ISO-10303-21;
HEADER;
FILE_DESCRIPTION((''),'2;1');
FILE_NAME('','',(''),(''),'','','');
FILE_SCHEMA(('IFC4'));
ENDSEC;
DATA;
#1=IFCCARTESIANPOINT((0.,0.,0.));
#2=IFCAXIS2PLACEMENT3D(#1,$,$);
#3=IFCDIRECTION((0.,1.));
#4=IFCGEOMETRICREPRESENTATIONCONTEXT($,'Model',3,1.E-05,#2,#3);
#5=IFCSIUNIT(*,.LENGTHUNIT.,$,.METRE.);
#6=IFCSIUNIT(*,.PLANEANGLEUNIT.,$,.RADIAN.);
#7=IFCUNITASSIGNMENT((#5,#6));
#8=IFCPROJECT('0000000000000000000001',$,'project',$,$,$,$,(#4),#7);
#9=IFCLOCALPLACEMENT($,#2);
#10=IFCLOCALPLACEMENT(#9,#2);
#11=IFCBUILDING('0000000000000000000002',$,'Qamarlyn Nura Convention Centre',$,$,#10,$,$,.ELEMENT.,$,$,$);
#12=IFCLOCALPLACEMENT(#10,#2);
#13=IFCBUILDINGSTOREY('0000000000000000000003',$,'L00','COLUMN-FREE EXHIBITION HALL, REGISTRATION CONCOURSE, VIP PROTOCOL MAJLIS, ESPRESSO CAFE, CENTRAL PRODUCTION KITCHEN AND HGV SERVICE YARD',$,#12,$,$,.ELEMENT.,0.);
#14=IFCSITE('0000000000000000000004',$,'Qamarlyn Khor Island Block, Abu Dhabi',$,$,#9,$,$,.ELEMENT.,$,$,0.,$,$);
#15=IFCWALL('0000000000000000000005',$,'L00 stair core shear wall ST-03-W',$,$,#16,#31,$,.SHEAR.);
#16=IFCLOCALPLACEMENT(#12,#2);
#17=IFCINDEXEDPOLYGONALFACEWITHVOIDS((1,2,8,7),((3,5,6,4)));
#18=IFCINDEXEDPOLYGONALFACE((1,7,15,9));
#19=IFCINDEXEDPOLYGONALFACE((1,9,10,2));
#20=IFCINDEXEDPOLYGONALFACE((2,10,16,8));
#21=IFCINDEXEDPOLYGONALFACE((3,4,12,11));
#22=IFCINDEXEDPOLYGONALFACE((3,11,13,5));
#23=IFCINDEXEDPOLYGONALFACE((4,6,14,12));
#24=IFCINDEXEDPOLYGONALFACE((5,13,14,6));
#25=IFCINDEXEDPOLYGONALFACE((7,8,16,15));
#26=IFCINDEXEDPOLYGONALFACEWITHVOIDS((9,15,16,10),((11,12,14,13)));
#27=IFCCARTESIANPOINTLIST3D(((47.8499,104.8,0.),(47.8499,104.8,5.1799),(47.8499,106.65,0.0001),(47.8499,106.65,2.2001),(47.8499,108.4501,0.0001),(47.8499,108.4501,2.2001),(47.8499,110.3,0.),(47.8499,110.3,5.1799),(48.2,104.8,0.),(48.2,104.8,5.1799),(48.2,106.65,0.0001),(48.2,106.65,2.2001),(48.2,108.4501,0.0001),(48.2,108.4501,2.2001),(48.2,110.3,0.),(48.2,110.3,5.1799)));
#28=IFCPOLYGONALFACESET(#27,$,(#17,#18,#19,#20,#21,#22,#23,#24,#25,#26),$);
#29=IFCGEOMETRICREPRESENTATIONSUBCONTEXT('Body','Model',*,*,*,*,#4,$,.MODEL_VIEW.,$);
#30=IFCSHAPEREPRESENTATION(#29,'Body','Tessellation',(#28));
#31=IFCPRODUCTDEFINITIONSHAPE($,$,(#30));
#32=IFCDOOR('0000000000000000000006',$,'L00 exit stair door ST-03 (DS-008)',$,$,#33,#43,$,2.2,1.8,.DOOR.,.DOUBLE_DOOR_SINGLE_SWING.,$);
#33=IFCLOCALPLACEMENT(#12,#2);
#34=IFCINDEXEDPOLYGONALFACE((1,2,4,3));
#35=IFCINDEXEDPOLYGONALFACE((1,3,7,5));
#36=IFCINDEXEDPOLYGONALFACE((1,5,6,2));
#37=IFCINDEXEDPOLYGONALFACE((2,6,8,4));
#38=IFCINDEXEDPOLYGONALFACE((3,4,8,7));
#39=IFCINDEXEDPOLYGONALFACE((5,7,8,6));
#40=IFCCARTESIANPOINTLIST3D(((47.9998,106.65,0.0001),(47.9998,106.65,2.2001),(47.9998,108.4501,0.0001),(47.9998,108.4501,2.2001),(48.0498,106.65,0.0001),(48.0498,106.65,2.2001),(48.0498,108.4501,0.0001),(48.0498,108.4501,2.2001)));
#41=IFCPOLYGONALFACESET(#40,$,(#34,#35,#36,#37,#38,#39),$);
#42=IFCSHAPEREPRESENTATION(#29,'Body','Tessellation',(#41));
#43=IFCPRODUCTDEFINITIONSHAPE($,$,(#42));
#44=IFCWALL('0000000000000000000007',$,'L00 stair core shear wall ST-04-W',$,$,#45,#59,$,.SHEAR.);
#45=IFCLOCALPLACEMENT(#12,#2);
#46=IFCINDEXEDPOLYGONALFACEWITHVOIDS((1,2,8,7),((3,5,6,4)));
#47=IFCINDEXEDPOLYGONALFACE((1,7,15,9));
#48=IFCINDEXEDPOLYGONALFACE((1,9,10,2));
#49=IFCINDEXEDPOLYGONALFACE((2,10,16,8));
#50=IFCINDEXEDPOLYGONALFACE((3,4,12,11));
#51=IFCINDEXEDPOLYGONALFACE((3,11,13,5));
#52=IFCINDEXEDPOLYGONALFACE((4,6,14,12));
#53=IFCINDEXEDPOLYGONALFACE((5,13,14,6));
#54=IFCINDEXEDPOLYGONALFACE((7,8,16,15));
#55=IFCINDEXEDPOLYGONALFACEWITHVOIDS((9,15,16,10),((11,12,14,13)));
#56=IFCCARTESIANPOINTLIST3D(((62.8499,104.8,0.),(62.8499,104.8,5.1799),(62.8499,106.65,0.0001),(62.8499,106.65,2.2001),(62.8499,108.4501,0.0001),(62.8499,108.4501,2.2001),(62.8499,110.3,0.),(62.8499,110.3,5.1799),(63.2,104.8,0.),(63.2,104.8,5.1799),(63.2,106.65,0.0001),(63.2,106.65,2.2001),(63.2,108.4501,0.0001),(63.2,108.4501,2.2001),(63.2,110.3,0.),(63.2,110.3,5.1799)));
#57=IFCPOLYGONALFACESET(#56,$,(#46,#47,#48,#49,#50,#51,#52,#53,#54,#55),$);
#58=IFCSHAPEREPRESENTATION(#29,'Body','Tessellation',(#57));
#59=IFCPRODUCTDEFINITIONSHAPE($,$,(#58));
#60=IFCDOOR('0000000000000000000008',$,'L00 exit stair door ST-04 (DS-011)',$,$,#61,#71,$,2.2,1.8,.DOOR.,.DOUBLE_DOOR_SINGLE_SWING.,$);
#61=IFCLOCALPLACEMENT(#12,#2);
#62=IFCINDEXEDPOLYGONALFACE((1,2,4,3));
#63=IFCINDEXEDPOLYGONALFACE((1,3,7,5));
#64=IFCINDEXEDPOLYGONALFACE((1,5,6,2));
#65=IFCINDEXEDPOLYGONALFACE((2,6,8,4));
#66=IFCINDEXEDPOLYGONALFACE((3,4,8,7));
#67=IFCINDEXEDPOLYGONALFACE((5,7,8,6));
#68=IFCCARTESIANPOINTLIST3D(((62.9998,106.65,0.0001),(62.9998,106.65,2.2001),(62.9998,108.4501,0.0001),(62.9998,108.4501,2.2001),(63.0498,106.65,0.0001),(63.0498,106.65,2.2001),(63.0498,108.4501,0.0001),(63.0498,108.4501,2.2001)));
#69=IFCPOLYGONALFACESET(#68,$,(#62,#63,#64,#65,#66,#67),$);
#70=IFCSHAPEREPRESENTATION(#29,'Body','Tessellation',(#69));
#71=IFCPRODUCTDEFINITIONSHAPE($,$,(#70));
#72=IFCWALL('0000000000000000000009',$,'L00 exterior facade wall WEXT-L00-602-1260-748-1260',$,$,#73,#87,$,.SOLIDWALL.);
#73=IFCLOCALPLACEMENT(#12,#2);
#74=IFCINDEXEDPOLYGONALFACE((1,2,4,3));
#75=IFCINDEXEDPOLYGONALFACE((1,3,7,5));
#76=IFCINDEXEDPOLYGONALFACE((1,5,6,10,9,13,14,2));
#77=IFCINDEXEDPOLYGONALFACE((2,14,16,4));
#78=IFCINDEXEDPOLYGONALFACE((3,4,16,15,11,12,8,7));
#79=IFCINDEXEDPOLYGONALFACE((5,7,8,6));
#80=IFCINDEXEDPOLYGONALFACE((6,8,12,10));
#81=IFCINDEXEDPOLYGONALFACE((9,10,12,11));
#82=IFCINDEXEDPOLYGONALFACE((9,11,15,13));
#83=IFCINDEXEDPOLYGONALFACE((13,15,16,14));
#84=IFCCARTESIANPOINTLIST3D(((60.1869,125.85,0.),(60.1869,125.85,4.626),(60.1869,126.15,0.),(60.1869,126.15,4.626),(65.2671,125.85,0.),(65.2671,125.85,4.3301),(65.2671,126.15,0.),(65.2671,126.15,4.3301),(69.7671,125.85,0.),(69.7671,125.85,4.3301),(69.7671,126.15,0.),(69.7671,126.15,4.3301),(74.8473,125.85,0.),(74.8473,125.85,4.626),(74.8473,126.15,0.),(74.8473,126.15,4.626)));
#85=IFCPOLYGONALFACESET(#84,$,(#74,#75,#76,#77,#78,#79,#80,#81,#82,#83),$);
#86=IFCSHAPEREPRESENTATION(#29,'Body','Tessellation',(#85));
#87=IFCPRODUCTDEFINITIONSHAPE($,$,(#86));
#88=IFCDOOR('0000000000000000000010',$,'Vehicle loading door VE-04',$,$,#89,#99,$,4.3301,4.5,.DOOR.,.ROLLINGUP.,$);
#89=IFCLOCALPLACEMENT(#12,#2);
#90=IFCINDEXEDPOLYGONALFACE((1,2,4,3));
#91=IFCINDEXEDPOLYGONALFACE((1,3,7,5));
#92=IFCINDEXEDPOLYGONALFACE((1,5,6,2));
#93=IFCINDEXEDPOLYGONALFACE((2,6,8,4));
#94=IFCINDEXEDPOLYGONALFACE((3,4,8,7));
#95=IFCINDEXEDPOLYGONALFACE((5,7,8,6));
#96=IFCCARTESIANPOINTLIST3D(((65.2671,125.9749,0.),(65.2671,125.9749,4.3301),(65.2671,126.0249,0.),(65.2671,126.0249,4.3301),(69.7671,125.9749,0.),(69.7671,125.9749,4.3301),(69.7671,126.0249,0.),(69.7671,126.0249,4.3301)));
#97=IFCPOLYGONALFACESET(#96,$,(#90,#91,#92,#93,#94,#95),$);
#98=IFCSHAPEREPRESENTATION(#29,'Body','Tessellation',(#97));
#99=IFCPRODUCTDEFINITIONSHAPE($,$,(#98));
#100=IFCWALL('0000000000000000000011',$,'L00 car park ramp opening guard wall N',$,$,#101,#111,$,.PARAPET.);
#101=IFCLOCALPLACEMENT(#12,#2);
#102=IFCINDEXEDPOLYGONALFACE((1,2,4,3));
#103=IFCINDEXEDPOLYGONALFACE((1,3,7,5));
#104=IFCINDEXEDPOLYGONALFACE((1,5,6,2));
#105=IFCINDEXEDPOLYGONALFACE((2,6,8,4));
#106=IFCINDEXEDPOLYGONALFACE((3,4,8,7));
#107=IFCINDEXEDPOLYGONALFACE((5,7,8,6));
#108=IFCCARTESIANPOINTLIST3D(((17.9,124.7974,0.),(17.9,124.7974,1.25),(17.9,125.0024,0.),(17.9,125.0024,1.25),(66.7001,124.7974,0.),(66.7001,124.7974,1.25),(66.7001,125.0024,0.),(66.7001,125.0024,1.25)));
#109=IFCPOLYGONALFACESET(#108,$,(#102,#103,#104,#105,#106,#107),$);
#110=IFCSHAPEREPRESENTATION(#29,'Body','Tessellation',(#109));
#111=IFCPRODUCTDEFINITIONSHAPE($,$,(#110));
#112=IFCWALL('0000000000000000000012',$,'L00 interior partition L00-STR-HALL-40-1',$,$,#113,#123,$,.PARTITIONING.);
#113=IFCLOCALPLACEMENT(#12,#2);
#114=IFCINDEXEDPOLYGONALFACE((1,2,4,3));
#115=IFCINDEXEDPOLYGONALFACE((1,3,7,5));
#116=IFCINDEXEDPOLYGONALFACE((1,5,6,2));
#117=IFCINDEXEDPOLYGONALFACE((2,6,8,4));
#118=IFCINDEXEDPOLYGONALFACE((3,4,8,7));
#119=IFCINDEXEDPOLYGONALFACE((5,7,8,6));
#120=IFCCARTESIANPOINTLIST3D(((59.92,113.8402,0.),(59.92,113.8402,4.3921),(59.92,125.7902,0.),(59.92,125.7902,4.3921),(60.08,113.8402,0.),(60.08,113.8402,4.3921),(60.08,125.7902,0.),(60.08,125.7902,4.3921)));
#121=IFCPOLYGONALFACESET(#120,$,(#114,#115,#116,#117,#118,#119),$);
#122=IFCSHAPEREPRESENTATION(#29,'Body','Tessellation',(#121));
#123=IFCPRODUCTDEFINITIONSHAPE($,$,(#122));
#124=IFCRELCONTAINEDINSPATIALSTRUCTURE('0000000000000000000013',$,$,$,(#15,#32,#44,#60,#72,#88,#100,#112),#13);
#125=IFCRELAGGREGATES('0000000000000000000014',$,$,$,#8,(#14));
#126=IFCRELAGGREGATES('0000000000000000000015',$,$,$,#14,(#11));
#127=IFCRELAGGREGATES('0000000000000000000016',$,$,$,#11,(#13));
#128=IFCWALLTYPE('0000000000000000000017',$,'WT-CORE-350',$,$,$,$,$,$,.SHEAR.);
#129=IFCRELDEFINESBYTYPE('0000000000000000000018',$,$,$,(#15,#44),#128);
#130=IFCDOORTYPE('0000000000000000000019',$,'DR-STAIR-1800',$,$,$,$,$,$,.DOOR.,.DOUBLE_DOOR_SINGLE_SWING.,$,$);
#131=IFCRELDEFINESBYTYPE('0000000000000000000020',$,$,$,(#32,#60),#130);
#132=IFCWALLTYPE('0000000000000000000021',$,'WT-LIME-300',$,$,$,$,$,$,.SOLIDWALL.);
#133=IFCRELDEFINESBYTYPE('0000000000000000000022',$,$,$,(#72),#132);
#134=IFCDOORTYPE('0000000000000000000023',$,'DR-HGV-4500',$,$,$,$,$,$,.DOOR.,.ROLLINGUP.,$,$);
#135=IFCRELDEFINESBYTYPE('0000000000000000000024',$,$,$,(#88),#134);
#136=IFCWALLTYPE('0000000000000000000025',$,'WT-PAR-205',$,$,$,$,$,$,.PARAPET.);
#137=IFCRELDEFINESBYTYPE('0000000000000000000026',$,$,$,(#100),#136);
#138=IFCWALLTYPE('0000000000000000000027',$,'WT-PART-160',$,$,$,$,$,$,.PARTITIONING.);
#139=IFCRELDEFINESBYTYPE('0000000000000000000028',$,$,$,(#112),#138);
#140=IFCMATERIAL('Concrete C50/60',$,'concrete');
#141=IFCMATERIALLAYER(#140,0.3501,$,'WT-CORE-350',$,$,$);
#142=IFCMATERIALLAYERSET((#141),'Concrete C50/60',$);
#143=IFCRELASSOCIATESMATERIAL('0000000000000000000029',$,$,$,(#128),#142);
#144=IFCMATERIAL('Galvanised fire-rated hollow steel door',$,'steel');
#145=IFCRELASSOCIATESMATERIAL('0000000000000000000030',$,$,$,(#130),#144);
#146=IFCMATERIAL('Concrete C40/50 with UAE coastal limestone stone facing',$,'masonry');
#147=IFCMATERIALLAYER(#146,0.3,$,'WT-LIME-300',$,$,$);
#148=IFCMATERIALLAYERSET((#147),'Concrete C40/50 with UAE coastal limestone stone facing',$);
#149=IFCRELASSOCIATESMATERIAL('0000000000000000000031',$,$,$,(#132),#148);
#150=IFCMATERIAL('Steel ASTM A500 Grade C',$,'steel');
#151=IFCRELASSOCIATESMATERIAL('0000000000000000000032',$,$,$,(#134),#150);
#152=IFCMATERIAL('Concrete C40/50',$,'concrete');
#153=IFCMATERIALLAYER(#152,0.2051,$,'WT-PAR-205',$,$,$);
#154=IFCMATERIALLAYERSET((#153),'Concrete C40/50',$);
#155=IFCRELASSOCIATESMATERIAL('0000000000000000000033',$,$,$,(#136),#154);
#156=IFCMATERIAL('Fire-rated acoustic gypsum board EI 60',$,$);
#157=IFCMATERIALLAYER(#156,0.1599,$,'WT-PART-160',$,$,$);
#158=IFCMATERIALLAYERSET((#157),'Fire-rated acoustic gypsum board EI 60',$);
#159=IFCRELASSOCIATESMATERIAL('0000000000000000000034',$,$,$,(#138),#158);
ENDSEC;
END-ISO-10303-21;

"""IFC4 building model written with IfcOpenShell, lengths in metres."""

from ifc_helpers import new_model, si_unit, direction, frame, frame_2d, origin, place, context, subcontext, project, spatial, rectangle, extrude, material, layer, layer_set, type_object, element, fill, save


model = new_model("IFC4")

# Units and contexts
model_context = context("Model", 3, precision=1e-05, world=origin(), true_north=direction((0.0, 1.0)))
body_context = subcontext(model_context, "Body", "Model", "MODEL_VIEW")
ifc_project = project(units=[si_unit("LENGTHUNIT", "METRE"), si_unit("PLANEANGLEUNIT", "RADIAN")], contexts=[model_context])

# Site, building, storey
site_placement = place(None, origin())
site = spatial("IfcSite", under=ifc_project, at=site_placement, Name="Qamarlyn Khor Island Block, Abu Dhabi", CompositionType="ELEMENT", RefElevation=0.0)
building_placement = place(site_placement, origin())
building = spatial("IfcBuilding", under=site, at=building_placement, Name="Qamarlyn Nura Convention Centre", CompositionType="ELEMENT")
storey_placement = place(building_placement, origin())
storey = spatial("IfcBuildingStorey", under=building, at=storey_placement, Name="L00", Description="COLUMN-FREE EXHIBITION HALL, REGISTRATION CONCOURSE, VIP PROTOCOL MAJLIS, ESPRESSO CAFE, CENTRAL PRODUCTION KITCHEN AND HGV SERVICE YARD", CompositionType="ELEMENT", Elevation=0.0)

# Shared definitions
ifc_material_1 = material(Name="Concrete C50/60", Category="concrete")

# Shared definitions
ifc_layer_1 = layer(ifc_material_1, 0.3501, Name="WT-CORE-350")
ifc_layer_set_1 = layer_set([ifc_layer_1], Name="Concrete C50/60")
wall_type_1 = type_object("IfcWallType", Name="WT-CORE-350", PredefinedType="SHEAR", material=ifc_layer_set_1)

# Walls, openings, doors
wall_1_placement = place(storey_placement, frame((48.0249, 110.3, 0.0), z_axis=(0.0, 0.0, 1.0), x_axis=(0.0, -1.0, 0.0)))
wall_1 = element("IfcWall", 1, at=wall_1_placement, inside=storey, type_object=wall_type_1, Name="L00 stair core shear wall ST-03-W", PredefinedType="SHEAR", context=body_context, shape_type="SweptSolid", body=[
    extrude(rectangle(XDim=5.5, YDim=0.3501, at=frame_2d((2.75, 0.0))), origin(), (0.0, 0.0, 1.0), 5.1799),
])
opening_1_placement = place(wall_1_placement, frame((1.8501, 0.0, 0.0)))
opening_1 = element("IfcOpeningElement", 2, at=opening_1_placement, cuts=wall_1, PredefinedType="OPENING", context=body_context, shape_type="SweptSolid", body=[
    extrude(rectangle(XDim=1.8, YDim=2.2, at=frame_2d((0.8999, 1.1001))), frame((0.0, 0.1851, 0.0), z_axis=(0.0, -1.0, 0.0), x_axis=(1.0, 0.0, 0.0)), (0.0, 0.0, 1.0), 0.3701),
])
ifc_material_2 = material(Name="Galvanised fire-rated hollow steel door", Category="steel")
door_type_1 = type_object("IfcDoorType", Name="DR-STAIR-1800", OperationType="DOUBLE_DOOR_SINGLE_SWING", PredefinedType="DOOR", material=ifc_material_2)
door_1_placement = place(opening_1_placement, origin())
door_1 = element("IfcDoor", 3, at=door_1_placement, inside=storey, type_object=door_type_1, Name="L00 exit stair door ST-03 (DS-008)", OperationType="DOUBLE_DOOR_SINGLE_SWING", OverallHeight=2.2, OverallWidth=1.8, PredefinedType="DOOR", context=body_context, shape_type="SweptSolid", body=[
    extrude(rectangle(XDim=1.8, YDim=2.2, at=frame_2d((0.8999, 1.1001))), frame((0.0, 0.0249, 0.0), z_axis=(0.0, -1.0, 0.0), x_axis=(1.0, 0.0, 0.0)), (0.0, 0.0, 1.0), 0.05),
])
fill(opening_1, door_1)
wall_2_placement = place(storey_placement, frame((63.0249, 110.3, 0.0), z_axis=(0.0, 0.0, 1.0), x_axis=(0.0, -1.0, 0.0)))
wall_2 = element("IfcWall", 4, at=wall_2_placement, inside=storey, type_object=wall_type_1, Name="L00 stair core shear wall ST-04-W", PredefinedType="SHEAR", context=body_context, shape_type="SweptSolid", body=[
    extrude(rectangle(XDim=5.5, YDim=0.3501, at=frame_2d((2.75, 0.0))), origin(), (0.0, 0.0, 1.0), 5.1799),
])
opening_2_placement = place(wall_2_placement, frame((1.8501, 0.0, 0.0)))
opening_2 = element("IfcOpeningElement", 5, at=opening_2_placement, cuts=wall_2, PredefinedType="OPENING", context=body_context, shape_type="SweptSolid", body=[
    extrude(rectangle(XDim=1.8, YDim=2.2, at=frame_2d((0.8999, 1.1001))), frame((0.0, 0.1851, 0.0), z_axis=(0.0, -1.0, 0.0), x_axis=(1.0, 0.0, 0.0)), (0.0, 0.0, 1.0), 0.3701),
])
door_2_placement = place(opening_2_placement, origin())
door_2 = element("IfcDoor", 6, at=door_2_placement, inside=storey, type_object=door_type_1, Name="L00 exit stair door ST-04 (DS-011)", OperationType="DOUBLE_DOOR_SINGLE_SWING", OverallHeight=2.2, OverallWidth=1.8, PredefinedType="DOOR", context=body_context, shape_type="SweptSolid", body=[
    extrude(rectangle(XDim=1.8, YDim=2.2, at=frame_2d((0.8999, 1.1001))), frame((0.0, 0.0249, 0.0), z_axis=(0.0, -1.0, 0.0), x_axis=(1.0, 0.0, 0.0)), (0.0, 0.0, 1.0), 0.05),
])
fill(opening_2, door_2)
ifc_material_3 = material(Name="Concrete C40/50 with UAE coastal limestone stone facing", Category="masonry")
ifc_layer_2 = layer(ifc_material_3, 0.3, Name="WT-LIME-300")
ifc_layer_set_2 = layer_set([ifc_layer_2], Name="Concrete C40/50 with UAE coastal limestone stone facing")
wall_type_2 = type_object("IfcWallType", Name="WT-LIME-300", PredefinedType="SOLIDWALL", material=ifc_layer_set_2)
ifc_material_4 = material(Name="Steel ASTM A500 Grade C", Category="steel")
door_type_2 = type_object("IfcDoorType", Name="DR-HGV-4500", OperationType="ROLLINGUP", PredefinedType="DOOR", material=ifc_material_4)
wall_3_placement = place(storey_placement, frame((60.187, 126.0, 0.0), z_axis=(0.0, 0.0, 1.0), x_axis=(1.0, 0.0, 0.0)))
wall_3 = element("IfcWall", 7, at=wall_3_placement, inside=storey, type_object=wall_type_2, Name="L00 exterior facade wall WEXT-L00-602-1260-748-1260", PredefinedType="SOLIDWALL", context=body_context, shape_type="SweptSolid", body=[
    extrude(rectangle(XDim=14.6604, YDim=0.3, at=frame_2d((7.3301, 0.0))), origin(), (0.0, 0.0, 1.0), 4.626),
])
opening_3_placement = place(wall_3_placement, frame((5.0801, 0.0, 0.0)))
opening_3 = element("IfcOpeningElement", 8, at=opening_3_placement, cuts=wall_3, PredefinedType="OPENING", context=body_context, shape_type="SweptSolid", body=[
    extrude(rectangle(XDim=4.5, YDim=4.3301, at=frame_2d((2.25, 2.165))), frame((0.0, 0.1602, 0.0), z_axis=(0.0, -1.0, 0.0), x_axis=(1.0, 0.0, 0.0)), (0.0, 0.0, 1.0), 0.3201),
])
door_3_placement = place(opening_3_placement, origin())
door_3 = element("IfcDoor", 9, at=door_3_placement, inside=storey, type_object=door_type_2, Name="Vehicle loading door VE-04", OperationType="ROLLINGUP", OverallHeight=4.3301, OverallWidth=4.5, PredefinedType="DOOR", context=body_context, shape_type="SweptSolid", body=[
    extrude(rectangle(XDim=4.5, YDim=4.3301, at=frame_2d((2.25, 2.165))), frame((0.0, 0.0249, 0.0), z_axis=(0.0, -1.0, 0.0), x_axis=(1.0, 0.0, 0.0)), (0.0, 0.0, 1.0), 0.05),
])
fill(opening_3, door_3)

# Walls
ifc_material_5 = material(Name="Concrete C40/50", Category="concrete")
ifc_layer_3 = layer(ifc_material_5, 0.2051, Name="WT-PAR-205")
ifc_layer_set_3 = layer_set([ifc_layer_3], Name="Concrete C40/50")
wall_type_3 = type_object("IfcWallType", Name="WT-PAR-205", PredefinedType="PARAPET", material=ifc_layer_set_3)
wall_4_placement = place(storey_placement, frame((66.7, 124.8999, 0.0), z_axis=(0.0, 0.0, 1.0), x_axis=(-1.0, 0.0, 0.0)))
element("IfcWall", 10, at=wall_4_placement, inside=storey, type_object=wall_type_3, Name="L00 car park ramp opening guard wall N", PredefinedType="PARAPET", context=body_context, shape_type="SweptSolid", body=[
    extrude(rectangle(XDim=48.8, YDim=0.2051, at=frame_2d((24.3999, 0.0))), origin(), (0.0, 0.0, 1.0), 1.25),
])
ifc_material_6 = material(Name="Fire-rated acoustic gypsum board EI 60")
ifc_layer_4 = layer(ifc_material_6, 0.1599, Name="WT-PART-160")
ifc_layer_set_4 = layer_set([ifc_layer_4], Name="Fire-rated acoustic gypsum board EI 60")
wall_type_4 = type_object("IfcWallType", Name="WT-PART-160", PredefinedType="PARTITIONING", material=ifc_layer_set_4)
wall_5_placement = place(storey_placement, frame((60.0, 113.8401, 0.0), z_axis=(0.0, 0.0, 1.0), x_axis=(0.0, 1.0, 0.0)))
element("IfcWall", 11, at=wall_5_placement, inside=storey, type_object=wall_type_4, Name="L00 interior partition L00-STR-HALL-40-1", PredefinedType="PARTITIONING", context=body_context, shape_type="SweptSolid", body=[
    extrude(rectangle(XDim=11.95, YDim=0.1599, at=frame_2d((5.9751, 0.0))), origin(), (0.0, 0.0, 1.0), 4.3921),
])

save(model, "model.ifc")
